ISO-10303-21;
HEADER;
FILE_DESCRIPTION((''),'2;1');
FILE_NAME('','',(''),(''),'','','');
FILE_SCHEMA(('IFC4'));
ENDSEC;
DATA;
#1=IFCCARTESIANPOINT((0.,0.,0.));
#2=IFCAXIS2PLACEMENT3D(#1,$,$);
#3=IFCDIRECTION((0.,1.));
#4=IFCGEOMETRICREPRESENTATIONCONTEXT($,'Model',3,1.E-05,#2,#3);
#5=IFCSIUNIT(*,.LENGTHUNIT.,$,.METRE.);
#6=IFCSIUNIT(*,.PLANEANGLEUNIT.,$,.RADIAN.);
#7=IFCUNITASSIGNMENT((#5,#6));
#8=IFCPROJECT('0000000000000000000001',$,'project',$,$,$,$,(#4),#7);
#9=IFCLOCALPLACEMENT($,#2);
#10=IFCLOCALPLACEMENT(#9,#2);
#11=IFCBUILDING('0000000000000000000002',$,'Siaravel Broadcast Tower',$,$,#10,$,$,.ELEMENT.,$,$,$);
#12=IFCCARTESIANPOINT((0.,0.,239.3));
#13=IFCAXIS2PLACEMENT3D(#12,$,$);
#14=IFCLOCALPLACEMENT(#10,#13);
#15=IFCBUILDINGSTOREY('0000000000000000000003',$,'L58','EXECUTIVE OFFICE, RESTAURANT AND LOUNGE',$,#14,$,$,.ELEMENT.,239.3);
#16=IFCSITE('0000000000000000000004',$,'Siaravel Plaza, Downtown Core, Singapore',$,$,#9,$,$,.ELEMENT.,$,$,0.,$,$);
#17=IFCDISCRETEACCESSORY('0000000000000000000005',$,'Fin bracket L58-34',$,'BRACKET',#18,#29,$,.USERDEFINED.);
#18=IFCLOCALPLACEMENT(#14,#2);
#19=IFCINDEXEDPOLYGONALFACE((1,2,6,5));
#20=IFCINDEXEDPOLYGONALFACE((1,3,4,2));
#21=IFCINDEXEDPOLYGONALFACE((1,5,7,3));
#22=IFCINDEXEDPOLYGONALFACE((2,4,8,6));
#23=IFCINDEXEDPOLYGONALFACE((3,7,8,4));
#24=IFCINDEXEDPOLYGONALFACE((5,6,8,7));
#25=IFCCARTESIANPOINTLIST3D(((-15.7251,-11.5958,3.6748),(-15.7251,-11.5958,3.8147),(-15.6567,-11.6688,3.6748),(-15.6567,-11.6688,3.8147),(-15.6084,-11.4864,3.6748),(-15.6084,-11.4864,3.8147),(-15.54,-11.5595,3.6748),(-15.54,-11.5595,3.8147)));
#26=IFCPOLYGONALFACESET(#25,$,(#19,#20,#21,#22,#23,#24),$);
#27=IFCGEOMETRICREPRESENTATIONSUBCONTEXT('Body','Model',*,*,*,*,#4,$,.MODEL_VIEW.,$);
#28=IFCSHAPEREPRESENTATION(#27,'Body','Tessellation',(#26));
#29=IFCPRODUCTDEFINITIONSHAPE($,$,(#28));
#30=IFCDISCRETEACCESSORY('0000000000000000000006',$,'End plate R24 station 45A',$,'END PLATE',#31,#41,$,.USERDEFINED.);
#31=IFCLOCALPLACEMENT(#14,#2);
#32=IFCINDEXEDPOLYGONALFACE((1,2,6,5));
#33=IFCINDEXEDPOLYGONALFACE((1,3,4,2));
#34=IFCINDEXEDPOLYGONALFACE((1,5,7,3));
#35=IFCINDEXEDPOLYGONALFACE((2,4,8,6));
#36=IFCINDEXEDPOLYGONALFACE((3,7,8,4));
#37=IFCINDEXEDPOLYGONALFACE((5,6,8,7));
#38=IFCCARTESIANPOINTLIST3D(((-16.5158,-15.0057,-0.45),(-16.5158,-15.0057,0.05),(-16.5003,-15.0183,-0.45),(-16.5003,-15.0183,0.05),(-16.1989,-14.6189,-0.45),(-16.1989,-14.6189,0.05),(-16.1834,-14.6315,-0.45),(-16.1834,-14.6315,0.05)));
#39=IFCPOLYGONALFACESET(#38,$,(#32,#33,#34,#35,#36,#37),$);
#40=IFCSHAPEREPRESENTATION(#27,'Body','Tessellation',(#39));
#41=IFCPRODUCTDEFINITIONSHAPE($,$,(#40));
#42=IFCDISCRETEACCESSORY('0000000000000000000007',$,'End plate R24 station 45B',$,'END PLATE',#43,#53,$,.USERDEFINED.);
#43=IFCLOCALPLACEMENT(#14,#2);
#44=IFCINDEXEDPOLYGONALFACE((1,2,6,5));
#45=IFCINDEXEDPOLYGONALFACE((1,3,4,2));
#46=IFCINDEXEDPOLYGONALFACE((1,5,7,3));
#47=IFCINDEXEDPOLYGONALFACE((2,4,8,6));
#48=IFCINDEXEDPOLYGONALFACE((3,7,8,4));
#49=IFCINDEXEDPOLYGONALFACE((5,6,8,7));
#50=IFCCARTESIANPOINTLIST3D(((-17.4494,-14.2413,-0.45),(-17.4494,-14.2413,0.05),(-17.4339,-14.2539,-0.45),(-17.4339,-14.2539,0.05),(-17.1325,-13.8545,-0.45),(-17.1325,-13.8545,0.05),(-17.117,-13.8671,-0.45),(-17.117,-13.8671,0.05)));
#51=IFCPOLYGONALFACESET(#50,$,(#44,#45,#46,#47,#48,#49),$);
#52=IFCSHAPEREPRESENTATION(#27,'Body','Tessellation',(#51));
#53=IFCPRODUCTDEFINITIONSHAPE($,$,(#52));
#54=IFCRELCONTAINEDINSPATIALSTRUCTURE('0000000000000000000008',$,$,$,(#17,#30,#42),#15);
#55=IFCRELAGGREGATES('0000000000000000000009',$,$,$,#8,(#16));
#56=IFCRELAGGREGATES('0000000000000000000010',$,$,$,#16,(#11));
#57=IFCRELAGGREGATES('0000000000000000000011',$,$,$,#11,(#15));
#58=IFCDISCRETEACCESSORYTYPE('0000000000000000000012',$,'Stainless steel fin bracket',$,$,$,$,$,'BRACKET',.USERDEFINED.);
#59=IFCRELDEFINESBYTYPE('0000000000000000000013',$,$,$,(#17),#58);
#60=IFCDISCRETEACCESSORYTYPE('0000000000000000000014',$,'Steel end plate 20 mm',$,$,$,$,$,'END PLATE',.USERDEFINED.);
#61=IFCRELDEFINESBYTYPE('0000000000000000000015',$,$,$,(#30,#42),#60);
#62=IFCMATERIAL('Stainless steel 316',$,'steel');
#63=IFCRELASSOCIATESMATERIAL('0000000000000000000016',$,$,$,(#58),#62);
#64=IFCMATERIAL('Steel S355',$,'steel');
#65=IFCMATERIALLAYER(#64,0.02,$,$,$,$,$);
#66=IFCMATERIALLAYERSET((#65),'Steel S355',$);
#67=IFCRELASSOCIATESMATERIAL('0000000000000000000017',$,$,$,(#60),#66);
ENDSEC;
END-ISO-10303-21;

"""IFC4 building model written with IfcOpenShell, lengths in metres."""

from ifc_helpers import new_model, si_unit, direction, frame, origin, origin_2d, place, context, subcontext, project, spatial, rectangle, extrude, material, layer, layer_set, type_object, element, save


model = new_model("IFC4")

# Units and contexts
model_context = context("Model", 3, precision=1e-05, world=origin(), true_north=direction((0.0, 1.0)))
body_context = subcontext(model_context, "Body", "Model", "MODEL_VIEW")
ifc_project = project(units=[si_unit("LENGTHUNIT", "METRE"), si_unit("PLANEANGLEUNIT", "RADIAN")], contexts=[model_context])

# Site, building, storey
site_placement = place(None, origin())
site = spatial("IfcSite", under=ifc_project, at=site_placement, Name="Siaravel Plaza, Downtown Core, Singapore", CompositionType="ELEMENT", RefElevation=0.0)
building_placement = place(site_placement, origin())
building = spatial("IfcBuilding", under=site, at=building_placement, Name="Siaravel Broadcast Tower", CompositionType="ELEMENT")
storey_placement = place(building_placement, frame((0.0, 0.0, 239.3)))
storey = spatial("IfcBuildingStorey", under=building, at=storey_placement, Name="L58", Description="EXECUTIVE OFFICE, RESTAURANT AND LOUNGE", CompositionType="ELEMENT", Elevation=239.3)

# Shared definitions
ifc_material_1 = material(Name="Steel S355", Category="steel")

# Discrete accessories
ifc_material_2 = material(Name="Stainless steel 316", Category="steel")
discrete_accessory_type_1 = type_object("IfcDiscreteAccessoryType", Name="Stainless steel fin bracket", ElementType="BRACKET", PredefinedType="USERDEFINED", material=ifc_material_2)
discrete_accessory_placement = place(storey_placement, frame((-15.6326, -11.5776, 3.6748), z_axis=(0.0, 0.0, 1.0), x_axis=(-0.729807, -0.683653, 0.0)))
element("IfcDiscreteAccessory", 1, at=discrete_accessory_placement, inside=storey, type_object=discrete_accessory_type_1, Name="Fin bracket L58-34", ObjectType="BRACKET", PredefinedType="USERDEFINED", context=body_context, shape_type="SweptSolid", body=[
    extrude(rectangle(XDim=0.1599, YDim=0.1001, at=origin_2d()), origin(), (0.0, 0.0, 1.0), 0.1399),
])
ifc_layer_1 = layer(ifc_material_1, 0.02)
ifc_layer_set_1 = layer_set([ifc_layer_1], Name="Steel S355")
discrete_accessory_type_2 = type_object("IfcDiscreteAccessoryType", Name="Steel end plate 20 mm", ElementType="END PLATE", PredefinedType="USERDEFINED", material=ifc_layer_set_1)
for number, where, z_axis, x_axis, name in (
    (2, (-16.3496, -14.8186, -0.45), (0.0, 0.0, 1.0), (0.773605, -0.633669, 0.0), "End plate R24 station 45A"),
    (3, (-17.2832, -14.0542, -0.45), (0.0, 0.0, 1.0), (0.773605, -0.633669, 0.0), "End plate R24 station 45B"),
):
    element("IfcDiscreteAccessory", number, at=place(storey_placement, frame(where, z_axis=z_axis, x_axis=x_axis)), inside=storey, type_object=discrete_accessory_type_2, Name=name, ObjectType="END PLATE", PredefinedType="USERDEFINED", context=body_context, shape_type="SweptSolid", body=[
        extrude(rectangle(XDim=0.02, YDim=0.5, at=origin_2d()), origin(), (0.0, 0.0, 1.0), 0.5),
    ])

save(model, "model.ifc")
